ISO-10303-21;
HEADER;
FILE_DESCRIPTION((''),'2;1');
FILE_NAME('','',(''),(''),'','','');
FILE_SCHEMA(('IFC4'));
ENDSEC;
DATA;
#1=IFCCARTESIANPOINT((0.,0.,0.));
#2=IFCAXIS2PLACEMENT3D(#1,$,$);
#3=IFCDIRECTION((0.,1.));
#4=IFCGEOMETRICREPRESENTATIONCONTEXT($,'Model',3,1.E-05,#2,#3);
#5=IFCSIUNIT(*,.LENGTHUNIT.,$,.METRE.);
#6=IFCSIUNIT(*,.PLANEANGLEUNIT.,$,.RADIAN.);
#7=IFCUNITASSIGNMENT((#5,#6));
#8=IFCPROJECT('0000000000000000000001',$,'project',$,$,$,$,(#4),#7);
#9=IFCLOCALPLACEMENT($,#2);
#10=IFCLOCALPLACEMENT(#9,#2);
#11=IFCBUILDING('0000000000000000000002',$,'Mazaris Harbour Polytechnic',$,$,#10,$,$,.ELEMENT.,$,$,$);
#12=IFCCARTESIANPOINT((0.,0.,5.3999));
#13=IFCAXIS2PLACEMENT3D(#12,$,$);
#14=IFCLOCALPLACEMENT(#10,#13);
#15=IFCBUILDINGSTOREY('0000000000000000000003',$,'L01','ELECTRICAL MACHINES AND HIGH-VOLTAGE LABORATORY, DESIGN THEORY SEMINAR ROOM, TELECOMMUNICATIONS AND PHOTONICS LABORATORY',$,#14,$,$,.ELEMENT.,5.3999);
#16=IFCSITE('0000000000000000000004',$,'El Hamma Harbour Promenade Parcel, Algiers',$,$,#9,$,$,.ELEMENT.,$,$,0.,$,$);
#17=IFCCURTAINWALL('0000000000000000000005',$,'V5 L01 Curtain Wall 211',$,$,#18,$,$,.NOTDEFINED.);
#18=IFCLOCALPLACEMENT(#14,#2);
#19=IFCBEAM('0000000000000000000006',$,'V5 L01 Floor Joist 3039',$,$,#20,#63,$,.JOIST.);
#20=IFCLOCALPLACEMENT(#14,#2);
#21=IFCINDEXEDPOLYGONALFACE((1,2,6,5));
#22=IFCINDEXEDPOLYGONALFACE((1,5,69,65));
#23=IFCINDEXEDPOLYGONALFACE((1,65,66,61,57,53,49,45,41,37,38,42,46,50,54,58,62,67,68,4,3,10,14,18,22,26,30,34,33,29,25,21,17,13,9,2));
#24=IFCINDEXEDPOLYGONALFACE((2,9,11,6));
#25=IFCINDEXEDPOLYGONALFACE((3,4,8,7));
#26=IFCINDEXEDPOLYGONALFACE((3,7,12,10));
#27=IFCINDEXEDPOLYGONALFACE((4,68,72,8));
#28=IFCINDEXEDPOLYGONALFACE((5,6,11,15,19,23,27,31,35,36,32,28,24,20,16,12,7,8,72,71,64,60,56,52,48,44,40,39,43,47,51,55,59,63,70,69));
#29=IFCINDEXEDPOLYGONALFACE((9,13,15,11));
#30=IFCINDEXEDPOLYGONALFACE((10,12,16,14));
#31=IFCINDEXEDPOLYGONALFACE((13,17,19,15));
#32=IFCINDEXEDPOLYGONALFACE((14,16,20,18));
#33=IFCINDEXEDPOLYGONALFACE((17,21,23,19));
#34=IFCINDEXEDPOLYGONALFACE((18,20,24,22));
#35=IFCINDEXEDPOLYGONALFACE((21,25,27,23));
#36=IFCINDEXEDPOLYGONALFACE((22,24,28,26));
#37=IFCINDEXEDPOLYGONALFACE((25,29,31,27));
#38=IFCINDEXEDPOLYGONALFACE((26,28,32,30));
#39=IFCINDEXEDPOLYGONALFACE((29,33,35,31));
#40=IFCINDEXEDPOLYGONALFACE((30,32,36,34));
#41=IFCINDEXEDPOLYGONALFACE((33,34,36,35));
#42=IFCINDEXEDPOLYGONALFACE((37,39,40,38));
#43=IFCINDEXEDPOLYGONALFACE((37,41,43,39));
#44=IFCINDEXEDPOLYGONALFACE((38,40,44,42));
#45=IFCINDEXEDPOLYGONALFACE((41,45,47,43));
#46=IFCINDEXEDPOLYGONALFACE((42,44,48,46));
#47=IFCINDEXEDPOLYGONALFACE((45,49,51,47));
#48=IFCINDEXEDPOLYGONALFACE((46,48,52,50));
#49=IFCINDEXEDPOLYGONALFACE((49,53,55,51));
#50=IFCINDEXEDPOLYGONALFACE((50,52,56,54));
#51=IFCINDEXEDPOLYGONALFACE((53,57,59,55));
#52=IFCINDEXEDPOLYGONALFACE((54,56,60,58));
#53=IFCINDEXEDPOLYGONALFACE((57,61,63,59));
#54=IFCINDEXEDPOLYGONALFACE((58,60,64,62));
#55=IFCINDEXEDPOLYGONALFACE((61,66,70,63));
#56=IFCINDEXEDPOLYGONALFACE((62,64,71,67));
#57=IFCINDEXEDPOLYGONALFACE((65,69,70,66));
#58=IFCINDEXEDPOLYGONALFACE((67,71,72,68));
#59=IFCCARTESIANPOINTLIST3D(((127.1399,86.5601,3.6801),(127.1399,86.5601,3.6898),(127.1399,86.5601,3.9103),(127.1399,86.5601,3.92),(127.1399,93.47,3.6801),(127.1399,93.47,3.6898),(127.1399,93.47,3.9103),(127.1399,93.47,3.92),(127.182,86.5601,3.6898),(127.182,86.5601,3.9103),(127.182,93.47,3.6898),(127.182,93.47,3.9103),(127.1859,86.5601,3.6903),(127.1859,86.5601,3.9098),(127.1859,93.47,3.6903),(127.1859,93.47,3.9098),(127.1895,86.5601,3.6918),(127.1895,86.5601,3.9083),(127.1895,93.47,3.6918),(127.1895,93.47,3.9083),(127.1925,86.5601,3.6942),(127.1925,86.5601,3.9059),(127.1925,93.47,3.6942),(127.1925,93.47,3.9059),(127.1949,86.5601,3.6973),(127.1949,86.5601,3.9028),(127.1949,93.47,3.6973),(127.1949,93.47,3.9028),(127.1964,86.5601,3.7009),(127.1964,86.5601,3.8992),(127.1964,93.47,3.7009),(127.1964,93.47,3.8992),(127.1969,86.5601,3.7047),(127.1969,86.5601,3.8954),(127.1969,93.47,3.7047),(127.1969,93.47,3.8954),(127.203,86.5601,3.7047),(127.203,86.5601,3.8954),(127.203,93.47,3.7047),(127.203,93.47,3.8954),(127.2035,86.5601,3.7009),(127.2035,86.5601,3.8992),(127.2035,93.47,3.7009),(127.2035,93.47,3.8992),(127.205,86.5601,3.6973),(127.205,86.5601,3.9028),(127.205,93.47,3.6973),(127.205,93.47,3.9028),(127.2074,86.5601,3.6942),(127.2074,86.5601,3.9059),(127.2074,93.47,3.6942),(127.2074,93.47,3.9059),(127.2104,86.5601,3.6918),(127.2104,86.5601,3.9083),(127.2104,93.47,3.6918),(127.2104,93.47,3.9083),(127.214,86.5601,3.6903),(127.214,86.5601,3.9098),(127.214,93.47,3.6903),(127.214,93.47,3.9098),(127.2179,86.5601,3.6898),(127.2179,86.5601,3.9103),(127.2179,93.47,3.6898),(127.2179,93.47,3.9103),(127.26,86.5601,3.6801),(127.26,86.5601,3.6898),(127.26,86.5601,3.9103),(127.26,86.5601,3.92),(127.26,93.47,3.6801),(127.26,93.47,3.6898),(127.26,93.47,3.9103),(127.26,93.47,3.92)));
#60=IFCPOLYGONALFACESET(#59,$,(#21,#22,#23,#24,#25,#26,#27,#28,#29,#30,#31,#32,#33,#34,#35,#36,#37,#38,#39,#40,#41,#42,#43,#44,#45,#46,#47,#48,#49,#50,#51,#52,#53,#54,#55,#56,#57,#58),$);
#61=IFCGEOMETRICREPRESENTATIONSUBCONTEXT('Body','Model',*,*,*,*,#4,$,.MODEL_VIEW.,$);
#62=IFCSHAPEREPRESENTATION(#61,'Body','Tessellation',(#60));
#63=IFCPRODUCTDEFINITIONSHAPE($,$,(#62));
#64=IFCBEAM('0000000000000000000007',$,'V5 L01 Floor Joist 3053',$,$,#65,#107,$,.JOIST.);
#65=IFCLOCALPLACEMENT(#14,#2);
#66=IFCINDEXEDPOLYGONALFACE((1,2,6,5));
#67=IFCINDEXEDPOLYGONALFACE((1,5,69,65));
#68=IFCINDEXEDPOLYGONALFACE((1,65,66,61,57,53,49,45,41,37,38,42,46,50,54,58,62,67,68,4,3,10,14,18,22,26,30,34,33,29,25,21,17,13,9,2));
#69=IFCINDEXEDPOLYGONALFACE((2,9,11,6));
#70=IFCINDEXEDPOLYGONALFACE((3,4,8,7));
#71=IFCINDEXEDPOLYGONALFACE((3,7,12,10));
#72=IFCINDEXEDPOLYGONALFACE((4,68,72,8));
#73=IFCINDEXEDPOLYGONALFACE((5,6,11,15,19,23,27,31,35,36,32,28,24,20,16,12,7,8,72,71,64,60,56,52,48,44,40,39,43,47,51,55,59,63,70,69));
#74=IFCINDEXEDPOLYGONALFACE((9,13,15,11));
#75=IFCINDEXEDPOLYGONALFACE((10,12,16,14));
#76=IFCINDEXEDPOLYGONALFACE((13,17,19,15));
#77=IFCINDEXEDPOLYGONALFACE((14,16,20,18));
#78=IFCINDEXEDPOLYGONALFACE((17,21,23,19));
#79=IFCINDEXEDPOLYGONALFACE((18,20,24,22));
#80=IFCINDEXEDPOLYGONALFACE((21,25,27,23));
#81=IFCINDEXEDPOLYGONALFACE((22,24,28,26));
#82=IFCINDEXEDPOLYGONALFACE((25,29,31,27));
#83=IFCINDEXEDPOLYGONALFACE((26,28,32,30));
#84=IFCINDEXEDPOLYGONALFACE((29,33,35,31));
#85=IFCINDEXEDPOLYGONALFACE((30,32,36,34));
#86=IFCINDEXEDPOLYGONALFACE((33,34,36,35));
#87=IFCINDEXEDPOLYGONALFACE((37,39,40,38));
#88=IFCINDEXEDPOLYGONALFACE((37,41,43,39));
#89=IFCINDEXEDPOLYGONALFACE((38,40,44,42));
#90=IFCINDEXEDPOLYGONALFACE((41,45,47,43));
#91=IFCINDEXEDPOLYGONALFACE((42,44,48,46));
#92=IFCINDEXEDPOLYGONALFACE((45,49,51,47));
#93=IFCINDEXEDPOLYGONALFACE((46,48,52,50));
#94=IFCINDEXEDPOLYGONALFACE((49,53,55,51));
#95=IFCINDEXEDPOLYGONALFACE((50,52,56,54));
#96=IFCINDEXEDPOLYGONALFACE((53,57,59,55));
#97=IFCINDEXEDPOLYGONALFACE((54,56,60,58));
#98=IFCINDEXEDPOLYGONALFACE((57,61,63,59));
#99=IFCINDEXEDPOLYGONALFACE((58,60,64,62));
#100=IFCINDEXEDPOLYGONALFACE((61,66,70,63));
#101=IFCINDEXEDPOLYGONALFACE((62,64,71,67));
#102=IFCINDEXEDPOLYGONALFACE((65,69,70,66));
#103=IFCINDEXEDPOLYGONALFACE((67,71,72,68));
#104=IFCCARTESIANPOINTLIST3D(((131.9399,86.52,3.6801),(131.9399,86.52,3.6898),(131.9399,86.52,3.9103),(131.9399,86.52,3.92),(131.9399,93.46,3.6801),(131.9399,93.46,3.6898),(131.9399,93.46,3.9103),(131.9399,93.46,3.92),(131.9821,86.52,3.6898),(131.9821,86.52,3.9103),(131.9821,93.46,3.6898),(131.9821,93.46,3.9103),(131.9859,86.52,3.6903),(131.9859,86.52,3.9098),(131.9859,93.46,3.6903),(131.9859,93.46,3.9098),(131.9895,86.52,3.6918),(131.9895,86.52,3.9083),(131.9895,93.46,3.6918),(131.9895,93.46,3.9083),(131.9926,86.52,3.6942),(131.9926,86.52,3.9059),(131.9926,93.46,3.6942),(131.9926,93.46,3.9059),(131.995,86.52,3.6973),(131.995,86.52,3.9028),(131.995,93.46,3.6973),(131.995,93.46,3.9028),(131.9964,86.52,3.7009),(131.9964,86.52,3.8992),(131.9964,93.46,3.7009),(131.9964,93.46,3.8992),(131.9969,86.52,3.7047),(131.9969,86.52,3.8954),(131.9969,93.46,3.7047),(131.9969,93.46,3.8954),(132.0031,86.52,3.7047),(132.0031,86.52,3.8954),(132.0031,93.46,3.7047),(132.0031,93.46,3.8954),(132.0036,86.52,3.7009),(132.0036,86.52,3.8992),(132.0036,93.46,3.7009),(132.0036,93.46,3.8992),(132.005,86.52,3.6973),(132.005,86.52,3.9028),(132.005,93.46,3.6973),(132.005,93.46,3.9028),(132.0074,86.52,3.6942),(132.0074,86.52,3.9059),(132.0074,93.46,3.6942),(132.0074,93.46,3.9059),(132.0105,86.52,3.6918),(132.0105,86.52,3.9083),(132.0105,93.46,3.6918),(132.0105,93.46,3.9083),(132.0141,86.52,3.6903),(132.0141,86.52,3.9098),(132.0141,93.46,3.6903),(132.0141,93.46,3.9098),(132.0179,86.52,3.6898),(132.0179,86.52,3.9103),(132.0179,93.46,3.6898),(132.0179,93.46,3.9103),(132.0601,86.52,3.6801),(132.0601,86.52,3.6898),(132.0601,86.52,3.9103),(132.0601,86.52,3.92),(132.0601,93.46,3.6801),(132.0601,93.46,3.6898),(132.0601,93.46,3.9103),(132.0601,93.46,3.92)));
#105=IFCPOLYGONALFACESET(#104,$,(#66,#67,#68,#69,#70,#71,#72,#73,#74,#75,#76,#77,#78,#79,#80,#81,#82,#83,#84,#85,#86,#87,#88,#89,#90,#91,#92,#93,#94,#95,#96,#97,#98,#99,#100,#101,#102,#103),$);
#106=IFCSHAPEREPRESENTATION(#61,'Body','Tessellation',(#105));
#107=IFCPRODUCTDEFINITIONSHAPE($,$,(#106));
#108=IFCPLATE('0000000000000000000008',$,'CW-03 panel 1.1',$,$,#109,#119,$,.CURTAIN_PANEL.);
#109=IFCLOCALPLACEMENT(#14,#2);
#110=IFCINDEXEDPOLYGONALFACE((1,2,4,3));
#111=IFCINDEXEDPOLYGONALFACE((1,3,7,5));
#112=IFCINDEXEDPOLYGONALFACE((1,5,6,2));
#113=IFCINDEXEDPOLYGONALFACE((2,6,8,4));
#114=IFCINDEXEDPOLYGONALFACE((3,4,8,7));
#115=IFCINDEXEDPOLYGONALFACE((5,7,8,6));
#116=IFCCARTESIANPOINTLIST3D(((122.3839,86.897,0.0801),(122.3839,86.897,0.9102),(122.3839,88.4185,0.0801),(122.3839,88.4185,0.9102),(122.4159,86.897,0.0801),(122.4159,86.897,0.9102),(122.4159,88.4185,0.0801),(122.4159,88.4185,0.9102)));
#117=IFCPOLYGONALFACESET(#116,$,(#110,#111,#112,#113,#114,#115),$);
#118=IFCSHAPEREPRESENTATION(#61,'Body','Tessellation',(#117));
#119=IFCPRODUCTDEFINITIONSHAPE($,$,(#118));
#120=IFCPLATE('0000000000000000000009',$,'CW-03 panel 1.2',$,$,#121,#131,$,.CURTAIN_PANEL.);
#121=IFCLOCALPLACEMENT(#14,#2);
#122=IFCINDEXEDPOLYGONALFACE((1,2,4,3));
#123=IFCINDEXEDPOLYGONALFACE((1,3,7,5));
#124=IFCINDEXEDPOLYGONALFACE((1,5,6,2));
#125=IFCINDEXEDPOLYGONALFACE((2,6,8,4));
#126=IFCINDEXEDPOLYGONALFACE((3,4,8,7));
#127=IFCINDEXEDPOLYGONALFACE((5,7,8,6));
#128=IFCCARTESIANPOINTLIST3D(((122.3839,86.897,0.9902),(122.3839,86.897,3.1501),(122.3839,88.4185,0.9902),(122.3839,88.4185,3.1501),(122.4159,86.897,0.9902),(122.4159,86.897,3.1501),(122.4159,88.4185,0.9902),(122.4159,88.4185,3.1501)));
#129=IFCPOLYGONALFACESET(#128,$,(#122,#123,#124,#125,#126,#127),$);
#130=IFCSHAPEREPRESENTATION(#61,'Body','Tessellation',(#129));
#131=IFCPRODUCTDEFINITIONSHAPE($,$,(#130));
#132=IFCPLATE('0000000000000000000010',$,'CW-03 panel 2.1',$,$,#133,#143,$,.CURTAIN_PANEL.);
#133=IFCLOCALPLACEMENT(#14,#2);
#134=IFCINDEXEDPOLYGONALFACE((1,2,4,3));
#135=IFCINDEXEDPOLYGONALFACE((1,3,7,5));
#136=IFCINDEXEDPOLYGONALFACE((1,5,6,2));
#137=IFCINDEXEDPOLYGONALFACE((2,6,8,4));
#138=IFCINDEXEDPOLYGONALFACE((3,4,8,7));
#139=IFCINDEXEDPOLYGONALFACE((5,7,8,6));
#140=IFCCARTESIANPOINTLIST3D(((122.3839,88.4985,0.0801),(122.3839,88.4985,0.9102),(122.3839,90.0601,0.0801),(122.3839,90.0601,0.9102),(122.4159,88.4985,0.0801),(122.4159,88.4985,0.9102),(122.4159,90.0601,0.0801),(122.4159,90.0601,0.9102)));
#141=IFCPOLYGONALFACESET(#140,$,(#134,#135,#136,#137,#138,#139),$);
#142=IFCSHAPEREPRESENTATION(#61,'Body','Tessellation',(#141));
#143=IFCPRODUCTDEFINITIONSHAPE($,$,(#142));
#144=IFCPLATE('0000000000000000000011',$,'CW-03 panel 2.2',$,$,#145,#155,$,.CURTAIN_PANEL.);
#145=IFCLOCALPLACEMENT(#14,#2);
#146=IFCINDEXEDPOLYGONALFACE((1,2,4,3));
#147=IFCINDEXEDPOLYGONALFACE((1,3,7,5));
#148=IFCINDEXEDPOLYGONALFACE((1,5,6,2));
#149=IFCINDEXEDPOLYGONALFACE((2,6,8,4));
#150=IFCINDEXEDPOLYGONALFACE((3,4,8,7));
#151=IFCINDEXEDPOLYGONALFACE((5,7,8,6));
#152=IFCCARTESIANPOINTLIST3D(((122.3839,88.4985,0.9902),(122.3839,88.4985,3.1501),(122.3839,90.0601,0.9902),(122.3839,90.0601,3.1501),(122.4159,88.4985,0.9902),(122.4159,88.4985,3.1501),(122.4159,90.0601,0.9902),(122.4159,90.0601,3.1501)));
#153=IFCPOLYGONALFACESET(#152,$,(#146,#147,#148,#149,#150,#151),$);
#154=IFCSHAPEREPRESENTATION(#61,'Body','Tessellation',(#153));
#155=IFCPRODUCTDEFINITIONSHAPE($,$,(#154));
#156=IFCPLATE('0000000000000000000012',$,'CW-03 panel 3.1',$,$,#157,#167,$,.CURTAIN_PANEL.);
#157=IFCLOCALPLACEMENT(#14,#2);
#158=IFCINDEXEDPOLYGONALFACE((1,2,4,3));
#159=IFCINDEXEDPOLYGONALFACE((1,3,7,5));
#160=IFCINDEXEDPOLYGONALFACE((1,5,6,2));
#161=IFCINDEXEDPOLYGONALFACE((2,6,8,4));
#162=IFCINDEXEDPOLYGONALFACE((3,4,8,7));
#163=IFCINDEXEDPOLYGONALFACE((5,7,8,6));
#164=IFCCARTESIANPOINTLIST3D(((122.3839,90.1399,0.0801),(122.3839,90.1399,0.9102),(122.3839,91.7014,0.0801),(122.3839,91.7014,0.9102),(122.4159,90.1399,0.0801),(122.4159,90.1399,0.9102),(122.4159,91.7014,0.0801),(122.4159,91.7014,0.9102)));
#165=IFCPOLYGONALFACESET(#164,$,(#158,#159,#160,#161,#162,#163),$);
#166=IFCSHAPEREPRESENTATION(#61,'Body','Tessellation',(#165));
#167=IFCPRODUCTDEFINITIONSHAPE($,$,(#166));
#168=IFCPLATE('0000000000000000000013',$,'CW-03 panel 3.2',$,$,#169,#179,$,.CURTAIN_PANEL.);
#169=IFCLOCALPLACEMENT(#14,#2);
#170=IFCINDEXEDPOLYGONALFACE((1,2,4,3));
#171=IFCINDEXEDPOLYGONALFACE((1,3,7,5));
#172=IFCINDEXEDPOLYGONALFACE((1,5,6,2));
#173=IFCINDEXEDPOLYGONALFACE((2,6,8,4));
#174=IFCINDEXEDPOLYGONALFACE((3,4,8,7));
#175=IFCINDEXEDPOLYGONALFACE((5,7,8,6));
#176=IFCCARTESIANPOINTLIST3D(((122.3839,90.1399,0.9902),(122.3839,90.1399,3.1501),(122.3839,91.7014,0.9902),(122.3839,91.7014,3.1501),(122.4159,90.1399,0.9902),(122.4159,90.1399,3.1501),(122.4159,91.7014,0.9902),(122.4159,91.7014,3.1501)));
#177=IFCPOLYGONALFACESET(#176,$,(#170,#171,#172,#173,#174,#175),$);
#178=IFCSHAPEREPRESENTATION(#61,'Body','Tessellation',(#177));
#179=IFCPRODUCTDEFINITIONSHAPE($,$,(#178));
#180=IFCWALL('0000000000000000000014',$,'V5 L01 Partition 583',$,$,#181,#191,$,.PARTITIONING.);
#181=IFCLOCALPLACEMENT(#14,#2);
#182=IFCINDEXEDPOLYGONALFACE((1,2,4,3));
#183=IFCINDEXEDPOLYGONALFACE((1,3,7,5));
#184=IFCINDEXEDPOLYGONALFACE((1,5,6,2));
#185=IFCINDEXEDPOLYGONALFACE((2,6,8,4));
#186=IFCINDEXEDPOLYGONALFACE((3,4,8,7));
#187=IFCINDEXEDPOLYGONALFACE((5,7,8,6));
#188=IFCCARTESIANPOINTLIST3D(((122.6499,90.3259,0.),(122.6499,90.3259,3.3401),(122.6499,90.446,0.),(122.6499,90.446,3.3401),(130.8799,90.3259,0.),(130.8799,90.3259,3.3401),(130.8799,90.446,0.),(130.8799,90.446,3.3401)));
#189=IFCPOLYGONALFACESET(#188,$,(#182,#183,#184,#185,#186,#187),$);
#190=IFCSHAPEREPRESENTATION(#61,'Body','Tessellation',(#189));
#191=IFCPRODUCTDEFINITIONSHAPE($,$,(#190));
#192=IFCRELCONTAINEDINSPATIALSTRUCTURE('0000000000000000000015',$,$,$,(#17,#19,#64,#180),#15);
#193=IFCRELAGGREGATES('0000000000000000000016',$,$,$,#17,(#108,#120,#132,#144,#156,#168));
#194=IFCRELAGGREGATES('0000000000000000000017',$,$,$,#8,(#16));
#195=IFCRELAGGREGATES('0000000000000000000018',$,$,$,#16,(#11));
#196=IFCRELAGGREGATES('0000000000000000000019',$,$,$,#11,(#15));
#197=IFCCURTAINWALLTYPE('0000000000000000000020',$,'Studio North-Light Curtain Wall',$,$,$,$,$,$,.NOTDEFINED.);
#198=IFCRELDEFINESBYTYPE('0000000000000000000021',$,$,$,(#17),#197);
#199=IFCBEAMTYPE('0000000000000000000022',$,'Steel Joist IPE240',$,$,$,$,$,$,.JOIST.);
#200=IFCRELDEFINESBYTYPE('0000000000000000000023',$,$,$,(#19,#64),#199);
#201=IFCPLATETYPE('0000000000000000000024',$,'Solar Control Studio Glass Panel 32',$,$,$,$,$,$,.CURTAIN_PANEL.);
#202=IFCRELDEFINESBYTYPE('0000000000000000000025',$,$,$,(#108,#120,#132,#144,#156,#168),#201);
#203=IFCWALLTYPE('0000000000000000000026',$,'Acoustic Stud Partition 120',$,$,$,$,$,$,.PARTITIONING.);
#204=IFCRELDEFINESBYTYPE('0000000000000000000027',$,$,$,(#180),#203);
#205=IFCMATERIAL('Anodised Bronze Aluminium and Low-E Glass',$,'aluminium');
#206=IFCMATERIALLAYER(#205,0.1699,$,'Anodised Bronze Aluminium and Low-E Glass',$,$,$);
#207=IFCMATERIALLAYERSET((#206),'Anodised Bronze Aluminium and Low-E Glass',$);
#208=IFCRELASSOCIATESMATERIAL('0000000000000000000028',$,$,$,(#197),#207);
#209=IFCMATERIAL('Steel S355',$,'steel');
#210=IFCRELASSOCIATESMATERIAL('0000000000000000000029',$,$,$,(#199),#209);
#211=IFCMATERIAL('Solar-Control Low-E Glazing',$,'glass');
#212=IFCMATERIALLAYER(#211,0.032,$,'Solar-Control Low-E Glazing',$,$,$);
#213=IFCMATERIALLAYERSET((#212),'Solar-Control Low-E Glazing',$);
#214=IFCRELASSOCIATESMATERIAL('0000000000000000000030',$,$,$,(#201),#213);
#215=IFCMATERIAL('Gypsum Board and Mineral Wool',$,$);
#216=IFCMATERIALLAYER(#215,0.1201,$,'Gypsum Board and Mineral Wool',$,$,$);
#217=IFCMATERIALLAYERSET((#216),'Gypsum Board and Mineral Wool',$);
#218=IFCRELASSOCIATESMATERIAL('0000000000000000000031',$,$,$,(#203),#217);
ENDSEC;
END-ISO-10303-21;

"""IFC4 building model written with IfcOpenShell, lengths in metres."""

from ifc_helpers import new_model, si_unit, direction, frame, frame_2d, origin, origin_2d, place, context, subcontext, project, spatial, rectangle, i_section, extrude, material, layer, layer_set, material_profile, profile_set, type_object, element, aggregate, save


model = new_model("IFC4")

# Units and contexts
model_context = context("Model", 3, precision=1e-05, world=origin(), true_north=direction((0.0, 1.0)))
body_context = subcontext(model_context, "Body", "Model", "MODEL_VIEW")
ifc_project = project(units=[si_unit("LENGTHUNIT", "METRE"), si_unit("PLANEANGLEUNIT", "RADIAN")], contexts=[model_context])

# Site, building, storey
site_placement = place(None, origin())
site = spatial("IfcSite", under=ifc_project, at=site_placement, Name="El Hamma Harbour Promenade Parcel, Algiers", CompositionType="ELEMENT", RefElevation=0.0)
building_placement = place(site_placement, origin())
building = spatial("IfcBuilding", under=site, at=building_placement, Name="Mazaris Harbour Polytechnic", CompositionType="ELEMENT")
storey_placement = place(building_placement, frame((0.0, 0.0, 5.3999)))
storey = spatial("IfcBuildingStorey", under=building, at=storey_placement, Name="L01", Description="ELECTRICAL MACHINES AND HIGH-VOLTAGE LABORATORY, DESIGN THEORY SEMINAR ROOM, TELECOMMUNICATIONS AND PHOTONICS LABORATORY", CompositionType="ELEMENT", Elevation=5.3999)

# Curtain wall
ifc_material_1 = material(Name="Anodised Bronze Aluminium and Low-E Glass", Category="aluminium")
ifc_layer_1 = layer(ifc_material_1, 0.1699, Name="Anodised Bronze Aluminium and Low-E Glass")
ifc_layer_set_1 = layer_set([ifc_layer_1], Name="Anodised Bronze Aluminium and Low-E Glass")
curtain_wall_type = type_object("IfcCurtainWallType", Name="Studio North-Light Curtain Wall", PredefinedType="NOTDEFINED", material=ifc_layer_set_1)
curtain_wall_placement = place(storey_placement, origin())
curtain_wall = element("IfcCurtainWall", 1, at=curtain_wall_placement, inside=storey, type_object=curtain_wall_type, Name="V5 L01 Curtain Wall 211", PredefinedType="NOTDEFINED")

# Beams
ifc_material_2 = material(Name="Steel S355", Category="steel")
ifc_material_profile_1 = material_profile(ifc_material_2, i_section(OverallWidth=0.1201, OverallDepth=0.24, WebThickness=0.0061, FlangeThickness=0.0098, FilletRadius=0.0149, at=origin_2d()), Name="IPE 240")
ifc_profile_set_1 = profile_set([ifc_material_profile_1], Name="Steel S355")
beam_type_1 = type_object("IfcBeamType", Name="Steel Joist IPE240", PredefinedType="JOIST", material=ifc_profile_set_1)
beam_1_placement = place(storey_placement, frame((127.2, 86.5601, 3.8), z_axis=(0.0, 1.0, 0.0), x_axis=(-1.0, 0.0, 0.0)))
element("IfcBeam", 2, at=beam_1_placement, inside=storey, type_object=beam_type_1, Name="V5 L01 Floor Joist 3039", PredefinedType="JOIST", context=body_context, shape_type="SweptSolid", body=[
    extrude(i_section(OverallWidth=0.1201, OverallDepth=0.24, WebThickness=0.0061, FlangeThickness=0.0098, FilletRadius=0.0149, at=origin_2d()), origin(), (0.0, 0.0, 1.0), 6.9099),
])
beam_2_placement = place(storey_placement, frame((132.0, 86.52, 3.8), z_axis=(0.0, 1.0, 0.0), x_axis=(-1.0, 0.0, 0.0)))
element("IfcBeam", 3, at=beam_2_placement, inside=storey, type_object=beam_type_1, Name="V5 L01 Floor Joist 3053", PredefinedType="JOIST", context=body_context, shape_type="SweptSolid", body=[
    extrude(i_section(OverallWidth=0.1201, OverallDepth=0.24, WebThickness=0.0061, FlangeThickness=0.0098, FilletRadius=0.0149, at=origin_2d()), origin(), (0.0, 0.0, 1.0), 6.9399),
])

# Plates
ifc_material_3 = material(Name="Solar-Control Low-E Glazing", Category="glass")
ifc_layer_2 = layer(ifc_material_3, 0.032, Name="Solar-Control Low-E Glazing")
ifc_layer_set_2 = layer_set([ifc_layer_2], Name="Solar-Control Low-E Glazing")
plate_type = type_object("IfcPlateType", Name="Solar Control Studio Glass Panel 32", PredefinedType="CURTAIN_PANEL", material=ifc_layer_set_2)
plate_1_placement = place(storey_placement, frame((122.3999, 87.6577, 0.0801), z_axis=(0.0, 0.0, 1.0), x_axis=(0.0, 1.0, 0.0)))
plate_1 = element("IfcPlate", 4, at=plate_1_placement, type_object=plate_type, Name="CW-03 panel 1.1", PredefinedType="CURTAIN_PANEL", context=body_context, shape_type="SweptSolid", body=[
    extrude(rectangle(XDim=1.5215, YDim=0.032, at=origin_2d()), origin(), (0.0, 0.0, 1.0), 0.8301),
])
plate_2_placement = place(storey_placement, frame((122.3999, 87.6577, 0.9902), z_axis=(0.0, 0.0, 1.0), x_axis=(0.0, 1.0, 0.0)))
plate_2 = element("IfcPlate", 5, at=plate_2_placement, type_object=plate_type, Name="CW-03 panel 1.2", PredefinedType="CURTAIN_PANEL", context=body_context, shape_type="SweptSolid", body=[
    extrude(rectangle(XDim=1.5215, YDim=0.032, at=origin_2d()), origin(), (0.0, 0.0, 1.0), 2.1599),
])
plate_3_placement = place(storey_placement, frame((122.3999, 89.2793, 0.0801), z_axis=(0.0, 0.0, 1.0), x_axis=(0.0, 1.0, 0.0)))
plate_3 = element("IfcPlate", 6, at=plate_3_placement, type_object=plate_type, Name="CW-03 panel 2.1", PredefinedType="CURTAIN_PANEL", context=body_context, shape_type="SweptSolid", body=[
    extrude(rectangle(XDim=1.5615, YDim=0.032, at=origin_2d()), origin(), (0.0, 0.0, 1.0), 0.8301),
])
plate_4_placement = place(storey_placement, frame((122.3999, 89.2793, 0.9902), z_axis=(0.0, 0.0, 1.0), x_axis=(0.0, 1.0, 0.0)))
plate_4 = element("IfcPlate", 7, at=plate_4_placement, type_object=plate_type, Name="CW-03 panel 2.2", PredefinedType="CURTAIN_PANEL", context=body_context, shape_type="SweptSolid", body=[
    extrude(rectangle(XDim=1.5615, YDim=0.032, at=origin_2d()), origin(), (0.0, 0.0, 1.0), 2.1599),
])
plate_5_placement = place(storey_placement, frame((122.3999, 90.9207, 0.0801), z_axis=(0.0, 0.0, 1.0), x_axis=(0.0, 1.0, 0.0)))
plate_5 = element("IfcPlate", 8, at=plate_5_placement, type_object=plate_type, Name="CW-03 panel 3.1", PredefinedType="CURTAIN_PANEL", context=body_context, shape_type="SweptSolid", body=[
    extrude(rectangle(XDim=1.5615, YDim=0.032, at=origin_2d()), origin(), (0.0, 0.0, 1.0), 0.8301),
])
plate_6_placement = place(storey_placement, frame((122.3999, 90.9207, 0.9902), z_axis=(0.0, 0.0, 1.0), x_axis=(0.0, 1.0, 0.0)))
plate_6 = element("IfcPlate", 9, at=plate_6_placement, type_object=plate_type, Name="CW-03 panel 3.2", PredefinedType="CURTAIN_PANEL", context=body_context, shape_type="SweptSolid", body=[
    extrude(rectangle(XDim=1.5615, YDim=0.032, at=origin_2d()), origin(), (0.0, 0.0, 1.0), 2.1599),
])
aggregate(curtain_wall, [plate_1, plate_2, plate_3, plate_4, plate_5, plate_6])

# Wall
ifc_material_4 = material(Name="Gypsum Board and Mineral Wool")
ifc_layer_3 = layer(ifc_material_4, 0.1201, Name="Gypsum Board and Mineral Wool")
ifc_layer_set_3 = layer_set([ifc_layer_3], Name="Gypsum Board and Mineral Wool")
wall_type_1 = type_object("IfcWallType", Name="Acoustic Stud Partition 120", PredefinedType="PARTITIONING", material=ifc_layer_set_3)
wall_1_placement = place(storey_placement, frame((122.6499, 90.386, 0.0), z_axis=(0.0, 0.0, 1.0), x_axis=(1.0, 0.0, 0.0)))
element("IfcWall", 10, at=wall_1_placement, inside=storey, type_object=wall_type_1, Name="V5 L01 Partition 583", PredefinedType="PARTITIONING", context=body_context, shape_type="SweptSolid", body=[
    extrude(rectangle(XDim=8.23, YDim=0.1201, at=frame_2d((4.115, 0.0))), origin(), (0.0, 0.0, 1.0), 3.3401),
])

save(model, "model.ifc")
